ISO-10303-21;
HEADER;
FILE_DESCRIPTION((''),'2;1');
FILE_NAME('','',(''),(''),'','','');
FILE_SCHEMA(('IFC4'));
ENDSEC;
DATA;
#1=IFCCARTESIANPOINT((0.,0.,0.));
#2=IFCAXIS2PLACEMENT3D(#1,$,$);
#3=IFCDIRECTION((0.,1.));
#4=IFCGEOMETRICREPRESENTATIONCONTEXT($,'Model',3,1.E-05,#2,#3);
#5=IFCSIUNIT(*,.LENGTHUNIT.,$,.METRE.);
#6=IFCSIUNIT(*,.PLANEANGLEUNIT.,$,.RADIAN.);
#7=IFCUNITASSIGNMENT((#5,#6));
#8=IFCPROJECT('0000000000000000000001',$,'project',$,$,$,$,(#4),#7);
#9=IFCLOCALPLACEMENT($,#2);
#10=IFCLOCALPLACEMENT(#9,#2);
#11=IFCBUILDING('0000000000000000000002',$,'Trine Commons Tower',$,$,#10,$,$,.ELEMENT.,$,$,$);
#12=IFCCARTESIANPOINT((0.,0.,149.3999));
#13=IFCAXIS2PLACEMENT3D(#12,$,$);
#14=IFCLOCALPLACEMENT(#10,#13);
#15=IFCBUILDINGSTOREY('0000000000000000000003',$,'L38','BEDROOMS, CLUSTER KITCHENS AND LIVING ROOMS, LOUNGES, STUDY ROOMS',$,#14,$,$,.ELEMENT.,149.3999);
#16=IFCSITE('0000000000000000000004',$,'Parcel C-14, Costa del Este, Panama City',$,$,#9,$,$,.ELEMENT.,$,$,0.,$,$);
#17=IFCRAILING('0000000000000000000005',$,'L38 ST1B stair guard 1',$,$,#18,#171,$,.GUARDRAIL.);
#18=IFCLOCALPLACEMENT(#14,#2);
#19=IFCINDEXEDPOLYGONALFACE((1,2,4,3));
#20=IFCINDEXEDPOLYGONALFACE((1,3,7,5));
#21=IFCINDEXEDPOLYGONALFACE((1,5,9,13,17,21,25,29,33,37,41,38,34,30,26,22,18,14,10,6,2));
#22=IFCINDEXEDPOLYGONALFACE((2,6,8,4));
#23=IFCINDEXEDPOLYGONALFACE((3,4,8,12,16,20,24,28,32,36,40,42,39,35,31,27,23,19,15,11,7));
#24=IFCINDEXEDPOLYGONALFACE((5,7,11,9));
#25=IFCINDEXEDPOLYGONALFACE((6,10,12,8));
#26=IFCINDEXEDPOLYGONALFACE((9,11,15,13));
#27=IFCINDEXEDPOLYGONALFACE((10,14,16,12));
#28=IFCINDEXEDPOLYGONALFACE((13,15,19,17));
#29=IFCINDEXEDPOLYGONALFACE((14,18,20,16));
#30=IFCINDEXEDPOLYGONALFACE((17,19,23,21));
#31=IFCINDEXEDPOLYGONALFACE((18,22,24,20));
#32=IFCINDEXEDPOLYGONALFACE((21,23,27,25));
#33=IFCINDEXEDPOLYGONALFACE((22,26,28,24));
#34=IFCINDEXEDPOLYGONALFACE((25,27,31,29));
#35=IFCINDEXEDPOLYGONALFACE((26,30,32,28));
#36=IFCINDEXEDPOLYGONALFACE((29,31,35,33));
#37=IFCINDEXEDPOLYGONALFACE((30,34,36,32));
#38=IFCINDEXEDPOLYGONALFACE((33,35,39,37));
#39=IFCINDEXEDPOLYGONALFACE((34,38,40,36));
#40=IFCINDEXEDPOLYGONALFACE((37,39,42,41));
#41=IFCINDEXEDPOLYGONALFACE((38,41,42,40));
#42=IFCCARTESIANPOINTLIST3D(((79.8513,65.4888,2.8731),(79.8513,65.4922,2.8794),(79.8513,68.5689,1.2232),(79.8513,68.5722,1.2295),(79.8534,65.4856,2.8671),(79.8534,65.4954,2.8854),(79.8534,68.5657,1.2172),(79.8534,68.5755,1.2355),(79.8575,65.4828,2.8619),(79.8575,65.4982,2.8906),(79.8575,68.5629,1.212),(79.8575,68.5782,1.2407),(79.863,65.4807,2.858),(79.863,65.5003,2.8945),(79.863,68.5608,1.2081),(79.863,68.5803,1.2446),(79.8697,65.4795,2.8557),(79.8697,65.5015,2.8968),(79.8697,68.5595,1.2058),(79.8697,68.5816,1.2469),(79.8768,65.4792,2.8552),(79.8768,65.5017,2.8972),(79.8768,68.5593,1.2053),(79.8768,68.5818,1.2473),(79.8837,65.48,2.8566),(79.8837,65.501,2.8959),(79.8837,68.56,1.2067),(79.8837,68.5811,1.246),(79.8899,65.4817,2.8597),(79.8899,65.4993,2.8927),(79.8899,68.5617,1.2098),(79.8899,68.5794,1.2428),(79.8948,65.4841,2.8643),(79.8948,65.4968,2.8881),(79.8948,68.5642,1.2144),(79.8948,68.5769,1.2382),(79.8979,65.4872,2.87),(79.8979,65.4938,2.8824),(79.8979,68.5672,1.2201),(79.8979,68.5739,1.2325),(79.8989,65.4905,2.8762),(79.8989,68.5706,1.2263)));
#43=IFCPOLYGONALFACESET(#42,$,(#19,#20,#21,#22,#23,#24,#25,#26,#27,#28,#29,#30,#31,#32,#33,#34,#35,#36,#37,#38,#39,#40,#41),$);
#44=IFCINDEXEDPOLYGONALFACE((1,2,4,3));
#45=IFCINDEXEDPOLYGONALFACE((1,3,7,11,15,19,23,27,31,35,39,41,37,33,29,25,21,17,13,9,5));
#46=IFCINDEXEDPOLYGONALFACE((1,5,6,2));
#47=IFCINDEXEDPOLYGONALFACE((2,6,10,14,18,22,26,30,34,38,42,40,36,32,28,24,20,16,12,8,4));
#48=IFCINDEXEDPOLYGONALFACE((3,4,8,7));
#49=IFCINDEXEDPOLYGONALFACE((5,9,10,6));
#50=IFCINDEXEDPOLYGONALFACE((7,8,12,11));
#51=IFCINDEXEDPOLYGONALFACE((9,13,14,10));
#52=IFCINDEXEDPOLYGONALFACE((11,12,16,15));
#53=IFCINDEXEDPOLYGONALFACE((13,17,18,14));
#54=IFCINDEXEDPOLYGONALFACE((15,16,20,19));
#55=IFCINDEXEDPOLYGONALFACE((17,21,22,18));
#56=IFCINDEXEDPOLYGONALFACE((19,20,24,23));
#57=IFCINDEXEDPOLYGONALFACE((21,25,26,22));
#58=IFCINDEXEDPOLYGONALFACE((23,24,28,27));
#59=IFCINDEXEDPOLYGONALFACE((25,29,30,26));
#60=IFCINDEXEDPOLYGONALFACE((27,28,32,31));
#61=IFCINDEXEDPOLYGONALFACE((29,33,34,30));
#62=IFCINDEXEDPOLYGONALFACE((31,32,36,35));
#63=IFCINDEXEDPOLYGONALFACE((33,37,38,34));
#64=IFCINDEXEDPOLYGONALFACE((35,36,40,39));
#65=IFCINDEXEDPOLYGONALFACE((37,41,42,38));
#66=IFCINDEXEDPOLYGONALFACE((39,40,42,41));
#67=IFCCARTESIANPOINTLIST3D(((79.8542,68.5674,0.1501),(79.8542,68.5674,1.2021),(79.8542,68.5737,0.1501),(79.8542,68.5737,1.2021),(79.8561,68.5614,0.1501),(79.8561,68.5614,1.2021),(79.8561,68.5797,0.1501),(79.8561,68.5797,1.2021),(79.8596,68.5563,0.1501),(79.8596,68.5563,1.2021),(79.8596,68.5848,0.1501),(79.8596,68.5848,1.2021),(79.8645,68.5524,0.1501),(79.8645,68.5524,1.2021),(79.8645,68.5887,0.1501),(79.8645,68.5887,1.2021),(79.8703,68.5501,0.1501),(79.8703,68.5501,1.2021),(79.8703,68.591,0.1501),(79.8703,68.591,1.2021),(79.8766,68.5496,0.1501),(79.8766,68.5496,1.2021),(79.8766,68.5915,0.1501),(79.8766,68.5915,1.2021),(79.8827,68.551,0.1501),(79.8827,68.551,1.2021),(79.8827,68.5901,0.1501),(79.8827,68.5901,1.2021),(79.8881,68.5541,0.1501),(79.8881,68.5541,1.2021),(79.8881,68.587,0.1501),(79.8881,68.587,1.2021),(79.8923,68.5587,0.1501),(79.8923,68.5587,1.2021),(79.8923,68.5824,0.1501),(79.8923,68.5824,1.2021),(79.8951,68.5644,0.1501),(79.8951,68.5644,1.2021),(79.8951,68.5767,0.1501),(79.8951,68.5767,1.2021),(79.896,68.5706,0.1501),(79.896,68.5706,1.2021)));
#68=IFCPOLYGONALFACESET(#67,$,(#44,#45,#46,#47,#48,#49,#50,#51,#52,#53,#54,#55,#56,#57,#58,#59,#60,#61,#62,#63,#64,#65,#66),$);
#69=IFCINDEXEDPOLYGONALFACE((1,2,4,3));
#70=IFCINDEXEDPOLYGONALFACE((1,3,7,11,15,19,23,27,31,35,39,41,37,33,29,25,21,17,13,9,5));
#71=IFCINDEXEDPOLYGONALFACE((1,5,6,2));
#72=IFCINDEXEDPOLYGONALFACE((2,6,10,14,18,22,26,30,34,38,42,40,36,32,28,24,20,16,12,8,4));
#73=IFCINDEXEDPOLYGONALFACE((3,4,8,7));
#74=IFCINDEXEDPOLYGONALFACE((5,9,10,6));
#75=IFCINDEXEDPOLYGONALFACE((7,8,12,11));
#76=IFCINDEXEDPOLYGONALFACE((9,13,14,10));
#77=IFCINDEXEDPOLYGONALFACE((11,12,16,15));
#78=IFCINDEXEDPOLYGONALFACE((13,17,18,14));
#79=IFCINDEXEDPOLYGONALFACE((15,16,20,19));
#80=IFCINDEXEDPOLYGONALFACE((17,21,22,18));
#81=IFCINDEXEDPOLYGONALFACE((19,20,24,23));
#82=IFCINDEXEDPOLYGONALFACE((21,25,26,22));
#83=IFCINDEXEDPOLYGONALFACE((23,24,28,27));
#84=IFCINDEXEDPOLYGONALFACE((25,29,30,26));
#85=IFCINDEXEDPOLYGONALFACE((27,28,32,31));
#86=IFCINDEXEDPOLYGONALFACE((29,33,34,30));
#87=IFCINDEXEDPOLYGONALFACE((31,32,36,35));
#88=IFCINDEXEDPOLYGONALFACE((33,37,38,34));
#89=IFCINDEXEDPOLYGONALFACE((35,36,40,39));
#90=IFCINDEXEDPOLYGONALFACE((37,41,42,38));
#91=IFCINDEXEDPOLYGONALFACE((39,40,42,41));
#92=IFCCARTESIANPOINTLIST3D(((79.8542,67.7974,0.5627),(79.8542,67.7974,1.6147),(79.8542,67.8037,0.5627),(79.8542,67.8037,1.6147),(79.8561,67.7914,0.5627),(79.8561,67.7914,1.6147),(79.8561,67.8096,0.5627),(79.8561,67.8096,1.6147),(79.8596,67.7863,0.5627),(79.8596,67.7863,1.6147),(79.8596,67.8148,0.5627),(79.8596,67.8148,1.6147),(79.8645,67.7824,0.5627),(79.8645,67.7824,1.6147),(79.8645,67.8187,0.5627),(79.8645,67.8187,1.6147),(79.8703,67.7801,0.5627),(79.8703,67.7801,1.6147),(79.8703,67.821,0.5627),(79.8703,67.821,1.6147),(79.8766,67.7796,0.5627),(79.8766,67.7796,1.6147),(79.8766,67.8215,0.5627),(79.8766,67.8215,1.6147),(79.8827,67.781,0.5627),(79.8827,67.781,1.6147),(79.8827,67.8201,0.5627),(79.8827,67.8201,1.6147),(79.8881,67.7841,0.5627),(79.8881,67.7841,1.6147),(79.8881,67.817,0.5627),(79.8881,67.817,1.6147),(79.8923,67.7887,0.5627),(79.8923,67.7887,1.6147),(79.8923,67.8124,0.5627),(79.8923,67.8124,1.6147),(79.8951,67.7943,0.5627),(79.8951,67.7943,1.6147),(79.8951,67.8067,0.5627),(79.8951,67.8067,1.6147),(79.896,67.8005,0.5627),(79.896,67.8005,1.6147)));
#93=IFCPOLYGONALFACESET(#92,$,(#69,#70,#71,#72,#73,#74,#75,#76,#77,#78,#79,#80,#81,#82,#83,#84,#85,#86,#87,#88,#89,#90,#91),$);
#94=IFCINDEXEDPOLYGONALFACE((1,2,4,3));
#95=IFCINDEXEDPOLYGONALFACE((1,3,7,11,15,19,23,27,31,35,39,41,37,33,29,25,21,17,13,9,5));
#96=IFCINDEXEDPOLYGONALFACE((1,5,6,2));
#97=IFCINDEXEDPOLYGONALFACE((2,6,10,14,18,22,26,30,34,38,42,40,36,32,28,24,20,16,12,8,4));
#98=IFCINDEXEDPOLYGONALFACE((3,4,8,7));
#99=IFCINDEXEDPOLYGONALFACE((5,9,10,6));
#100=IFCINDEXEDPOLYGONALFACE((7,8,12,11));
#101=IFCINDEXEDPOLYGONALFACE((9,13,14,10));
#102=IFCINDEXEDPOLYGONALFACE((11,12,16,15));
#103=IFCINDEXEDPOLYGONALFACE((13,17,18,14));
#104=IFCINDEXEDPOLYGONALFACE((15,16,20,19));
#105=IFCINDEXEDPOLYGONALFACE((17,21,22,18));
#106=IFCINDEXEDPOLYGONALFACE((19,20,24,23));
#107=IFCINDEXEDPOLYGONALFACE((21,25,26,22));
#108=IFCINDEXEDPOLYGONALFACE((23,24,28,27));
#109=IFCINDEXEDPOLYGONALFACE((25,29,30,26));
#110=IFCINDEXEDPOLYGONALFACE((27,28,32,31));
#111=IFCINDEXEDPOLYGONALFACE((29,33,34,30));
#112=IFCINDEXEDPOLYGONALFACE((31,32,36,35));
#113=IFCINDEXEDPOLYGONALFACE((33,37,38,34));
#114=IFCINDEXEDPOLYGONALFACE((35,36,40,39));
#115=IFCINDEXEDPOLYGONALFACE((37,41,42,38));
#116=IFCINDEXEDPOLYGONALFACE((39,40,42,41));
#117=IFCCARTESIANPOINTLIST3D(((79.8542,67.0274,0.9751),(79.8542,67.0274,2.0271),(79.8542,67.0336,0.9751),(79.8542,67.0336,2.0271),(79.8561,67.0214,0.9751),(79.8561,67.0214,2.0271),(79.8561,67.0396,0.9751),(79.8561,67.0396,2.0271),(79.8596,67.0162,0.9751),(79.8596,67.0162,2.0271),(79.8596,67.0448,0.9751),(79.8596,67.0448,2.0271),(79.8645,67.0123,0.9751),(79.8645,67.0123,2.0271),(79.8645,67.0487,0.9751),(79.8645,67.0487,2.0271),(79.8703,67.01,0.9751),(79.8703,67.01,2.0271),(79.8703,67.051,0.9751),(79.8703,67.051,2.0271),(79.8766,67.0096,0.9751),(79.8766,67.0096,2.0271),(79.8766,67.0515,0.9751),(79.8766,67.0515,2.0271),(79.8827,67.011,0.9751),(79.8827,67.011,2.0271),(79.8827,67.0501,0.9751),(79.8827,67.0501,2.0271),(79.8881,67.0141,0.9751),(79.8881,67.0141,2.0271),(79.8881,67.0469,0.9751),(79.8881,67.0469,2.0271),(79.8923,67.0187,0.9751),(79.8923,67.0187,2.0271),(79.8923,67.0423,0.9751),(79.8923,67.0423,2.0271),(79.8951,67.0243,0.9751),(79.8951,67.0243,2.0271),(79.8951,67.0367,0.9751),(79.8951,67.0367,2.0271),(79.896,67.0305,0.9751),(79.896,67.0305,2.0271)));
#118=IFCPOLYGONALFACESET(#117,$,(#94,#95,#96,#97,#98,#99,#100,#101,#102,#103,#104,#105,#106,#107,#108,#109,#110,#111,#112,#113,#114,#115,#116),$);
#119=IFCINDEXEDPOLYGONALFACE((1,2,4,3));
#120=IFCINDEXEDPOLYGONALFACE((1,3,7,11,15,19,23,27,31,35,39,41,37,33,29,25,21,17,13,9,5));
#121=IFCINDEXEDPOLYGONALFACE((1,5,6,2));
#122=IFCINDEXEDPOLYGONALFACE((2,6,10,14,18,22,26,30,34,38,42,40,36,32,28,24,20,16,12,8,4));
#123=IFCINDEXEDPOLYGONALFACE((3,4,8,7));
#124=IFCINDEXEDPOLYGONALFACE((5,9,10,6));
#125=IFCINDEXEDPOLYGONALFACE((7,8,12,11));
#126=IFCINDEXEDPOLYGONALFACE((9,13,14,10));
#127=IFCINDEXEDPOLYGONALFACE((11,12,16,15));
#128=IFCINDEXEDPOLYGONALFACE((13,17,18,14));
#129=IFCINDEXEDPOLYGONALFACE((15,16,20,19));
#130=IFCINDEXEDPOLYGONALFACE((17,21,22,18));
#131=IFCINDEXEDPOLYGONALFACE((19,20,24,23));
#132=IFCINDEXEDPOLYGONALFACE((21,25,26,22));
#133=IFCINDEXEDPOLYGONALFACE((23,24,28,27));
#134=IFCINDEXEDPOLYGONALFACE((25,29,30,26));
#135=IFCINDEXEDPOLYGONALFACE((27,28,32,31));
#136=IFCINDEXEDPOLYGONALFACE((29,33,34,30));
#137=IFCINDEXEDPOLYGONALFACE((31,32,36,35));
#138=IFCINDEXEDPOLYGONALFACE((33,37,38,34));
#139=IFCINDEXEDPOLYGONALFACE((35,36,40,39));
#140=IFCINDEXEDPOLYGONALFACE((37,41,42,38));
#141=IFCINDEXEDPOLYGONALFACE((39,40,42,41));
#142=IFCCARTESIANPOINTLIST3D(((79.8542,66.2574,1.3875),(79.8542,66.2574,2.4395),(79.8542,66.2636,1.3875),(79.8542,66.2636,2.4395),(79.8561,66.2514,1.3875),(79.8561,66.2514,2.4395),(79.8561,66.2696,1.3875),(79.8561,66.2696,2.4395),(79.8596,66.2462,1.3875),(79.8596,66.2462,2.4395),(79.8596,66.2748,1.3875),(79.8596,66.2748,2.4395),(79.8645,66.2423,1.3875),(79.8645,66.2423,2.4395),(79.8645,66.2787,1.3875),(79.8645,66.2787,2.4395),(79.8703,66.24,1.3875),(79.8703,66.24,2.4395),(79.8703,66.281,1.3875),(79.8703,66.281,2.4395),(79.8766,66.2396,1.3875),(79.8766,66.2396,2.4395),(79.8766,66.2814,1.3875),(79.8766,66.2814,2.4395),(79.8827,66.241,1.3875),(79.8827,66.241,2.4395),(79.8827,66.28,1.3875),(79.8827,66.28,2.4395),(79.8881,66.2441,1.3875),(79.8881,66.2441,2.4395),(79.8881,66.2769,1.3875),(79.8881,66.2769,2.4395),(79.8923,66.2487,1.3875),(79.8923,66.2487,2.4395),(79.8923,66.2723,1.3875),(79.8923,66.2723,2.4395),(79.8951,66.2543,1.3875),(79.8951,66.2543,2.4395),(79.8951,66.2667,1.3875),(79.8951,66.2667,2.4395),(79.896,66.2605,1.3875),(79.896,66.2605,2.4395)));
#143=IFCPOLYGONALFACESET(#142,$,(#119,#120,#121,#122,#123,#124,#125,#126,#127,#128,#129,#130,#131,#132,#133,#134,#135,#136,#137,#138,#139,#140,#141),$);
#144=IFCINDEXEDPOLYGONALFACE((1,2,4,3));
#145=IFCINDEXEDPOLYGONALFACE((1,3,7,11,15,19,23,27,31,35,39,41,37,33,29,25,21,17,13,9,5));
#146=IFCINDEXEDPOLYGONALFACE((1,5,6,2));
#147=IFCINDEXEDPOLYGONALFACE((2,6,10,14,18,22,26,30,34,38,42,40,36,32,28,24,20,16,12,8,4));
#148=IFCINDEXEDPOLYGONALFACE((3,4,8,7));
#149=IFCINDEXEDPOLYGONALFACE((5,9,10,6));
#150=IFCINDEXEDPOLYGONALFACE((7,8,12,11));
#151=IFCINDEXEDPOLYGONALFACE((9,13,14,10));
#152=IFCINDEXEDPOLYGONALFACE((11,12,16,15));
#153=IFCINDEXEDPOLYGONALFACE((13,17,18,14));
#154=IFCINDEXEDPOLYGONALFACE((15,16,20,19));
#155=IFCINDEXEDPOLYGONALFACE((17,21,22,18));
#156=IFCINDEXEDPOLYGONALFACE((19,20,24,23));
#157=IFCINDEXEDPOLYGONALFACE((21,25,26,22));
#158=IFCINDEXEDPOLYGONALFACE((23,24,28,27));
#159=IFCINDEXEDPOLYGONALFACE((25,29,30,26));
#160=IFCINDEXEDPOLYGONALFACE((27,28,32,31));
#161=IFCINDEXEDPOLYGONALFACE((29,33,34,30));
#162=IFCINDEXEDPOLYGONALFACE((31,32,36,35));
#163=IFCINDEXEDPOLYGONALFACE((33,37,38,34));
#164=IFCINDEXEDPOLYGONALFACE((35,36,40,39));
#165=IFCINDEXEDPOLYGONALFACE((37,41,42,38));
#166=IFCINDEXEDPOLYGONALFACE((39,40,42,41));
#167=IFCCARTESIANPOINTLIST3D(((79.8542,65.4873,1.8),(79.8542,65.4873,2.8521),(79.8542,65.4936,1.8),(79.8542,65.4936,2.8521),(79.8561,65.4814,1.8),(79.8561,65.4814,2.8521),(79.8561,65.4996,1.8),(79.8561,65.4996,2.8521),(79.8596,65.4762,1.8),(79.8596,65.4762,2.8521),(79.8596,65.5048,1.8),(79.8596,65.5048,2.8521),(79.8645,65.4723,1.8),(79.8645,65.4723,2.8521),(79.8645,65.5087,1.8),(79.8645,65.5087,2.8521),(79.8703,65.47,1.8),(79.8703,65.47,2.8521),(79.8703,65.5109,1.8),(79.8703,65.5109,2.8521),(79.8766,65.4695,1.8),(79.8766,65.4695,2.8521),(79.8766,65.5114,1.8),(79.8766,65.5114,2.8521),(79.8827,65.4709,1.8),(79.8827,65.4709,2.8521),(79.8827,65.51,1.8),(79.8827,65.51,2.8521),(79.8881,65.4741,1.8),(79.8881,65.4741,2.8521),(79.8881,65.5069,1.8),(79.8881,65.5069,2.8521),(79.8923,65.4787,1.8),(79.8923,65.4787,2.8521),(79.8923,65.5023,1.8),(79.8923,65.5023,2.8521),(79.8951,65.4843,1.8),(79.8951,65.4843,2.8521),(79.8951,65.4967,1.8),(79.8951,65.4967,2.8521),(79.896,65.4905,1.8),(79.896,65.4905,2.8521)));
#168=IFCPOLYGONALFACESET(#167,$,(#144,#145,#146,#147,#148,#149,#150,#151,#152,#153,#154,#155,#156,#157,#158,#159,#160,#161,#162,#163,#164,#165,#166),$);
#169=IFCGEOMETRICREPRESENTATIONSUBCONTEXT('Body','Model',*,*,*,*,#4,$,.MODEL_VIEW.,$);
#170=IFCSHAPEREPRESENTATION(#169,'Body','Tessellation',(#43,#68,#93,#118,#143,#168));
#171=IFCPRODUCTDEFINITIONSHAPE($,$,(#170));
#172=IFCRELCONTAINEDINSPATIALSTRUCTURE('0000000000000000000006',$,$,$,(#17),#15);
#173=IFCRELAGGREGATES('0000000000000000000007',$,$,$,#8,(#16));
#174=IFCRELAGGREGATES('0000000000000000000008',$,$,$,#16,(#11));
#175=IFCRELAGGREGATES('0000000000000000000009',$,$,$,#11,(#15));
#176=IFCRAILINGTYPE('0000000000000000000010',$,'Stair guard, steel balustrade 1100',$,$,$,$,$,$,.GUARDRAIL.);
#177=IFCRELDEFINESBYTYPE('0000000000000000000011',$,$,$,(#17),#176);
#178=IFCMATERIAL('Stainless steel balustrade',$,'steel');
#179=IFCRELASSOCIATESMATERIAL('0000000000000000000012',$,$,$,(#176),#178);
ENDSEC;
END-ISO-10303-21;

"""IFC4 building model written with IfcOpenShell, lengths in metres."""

from ifc_helpers import new_model, si_unit, direction, frame, origin, origin_2d, place, context, subcontext, project, spatial, circle, extrude, material, type_object, element, save


model = new_model("IFC4")

# Units and contexts
model_context = context("Model", 3, precision=1e-05, world=origin(), true_north=direction((0.0, 1.0)))
body_context = subcontext(model_context, "Body", "Model", "MODEL_VIEW")
ifc_project = project(units=[si_unit("LENGTHUNIT", "METRE"), si_unit("PLANEANGLEUNIT", "RADIAN")], contexts=[model_context])

# Site, building, storey
site_placement = place(None, origin())
site = spatial("IfcSite", under=ifc_project, at=site_placement, Name="Parcel C-14, Costa del Este, Panama City", CompositionType="ELEMENT", RefElevation=0.0)
building_placement = place(site_placement, origin())
building = spatial("IfcBuilding", under=site, at=building_placement, Name="Trine Commons Tower", CompositionType="ELEMENT")
storey_placement = place(building_placement, frame((0.0, 0.0, 149.3999)))
storey = spatial("IfcBuildingStorey", under=building, at=storey_placement, Name="L38", Description="BEDROOMS, CLUSTER KITCHENS AND LIVING ROOMS, LOUNGES, STUDY ROOMS", CompositionType="ELEMENT", Elevation=149.3999)

# Railing
ifc_material_1 = material(Name="Stainless steel balustrade", Category="steel")
railing_type_1 = type_object("IfcRailingType", Name="Stair guard, steel balustrade 1100", PredefinedType="GUARDRAIL", material=ifc_material_1)
railing_1_placement = place(storey_placement, frame((79.875, 68.5706, 0.1501)))
element("IfcRailing", 1, at=railing_1_placement, inside=storey, type_object=railing_type_1, Name="L38 ST1B stair guard 1", PredefinedType="GUARDRAIL", context=body_context, shape_type="SweptSolid", body=[
    extrude(circle(Radius=0.0239, at=origin_2d()), frame((0.0, 0.0, 1.0762), z_axis=(0.0, -0.881497, 0.47219), x_axis=(1.0, 0.0, 0.0)), (0.0, 0.0, 1.0), 3.4941),
    extrude(circle(Radius=0.021, at=origin_2d()), origin(), (0.0, 0.0, 1.0), 1.052),
    extrude(circle(Radius=0.021, at=origin_2d()), frame((0.0, -0.77, 0.4126)), (0.0, 0.0, 1.0), 1.052),
    extrude(circle(Radius=0.021, at=origin_2d()), frame((0.0, -1.54, 0.825)), (0.0, 0.0, 1.0), 1.052),
    extrude(circle(Radius=0.021, at=origin_2d()), frame((0.0, -2.3101, 1.2373)), (0.0, 0.0, 1.0), 1.052),
    extrude(circle(Radius=0.021, at=origin_2d()), frame((0.0, -3.0801, 1.6499)), (0.0, 0.0, 1.0), 1.052),
])

save(model, "model.ifc")
